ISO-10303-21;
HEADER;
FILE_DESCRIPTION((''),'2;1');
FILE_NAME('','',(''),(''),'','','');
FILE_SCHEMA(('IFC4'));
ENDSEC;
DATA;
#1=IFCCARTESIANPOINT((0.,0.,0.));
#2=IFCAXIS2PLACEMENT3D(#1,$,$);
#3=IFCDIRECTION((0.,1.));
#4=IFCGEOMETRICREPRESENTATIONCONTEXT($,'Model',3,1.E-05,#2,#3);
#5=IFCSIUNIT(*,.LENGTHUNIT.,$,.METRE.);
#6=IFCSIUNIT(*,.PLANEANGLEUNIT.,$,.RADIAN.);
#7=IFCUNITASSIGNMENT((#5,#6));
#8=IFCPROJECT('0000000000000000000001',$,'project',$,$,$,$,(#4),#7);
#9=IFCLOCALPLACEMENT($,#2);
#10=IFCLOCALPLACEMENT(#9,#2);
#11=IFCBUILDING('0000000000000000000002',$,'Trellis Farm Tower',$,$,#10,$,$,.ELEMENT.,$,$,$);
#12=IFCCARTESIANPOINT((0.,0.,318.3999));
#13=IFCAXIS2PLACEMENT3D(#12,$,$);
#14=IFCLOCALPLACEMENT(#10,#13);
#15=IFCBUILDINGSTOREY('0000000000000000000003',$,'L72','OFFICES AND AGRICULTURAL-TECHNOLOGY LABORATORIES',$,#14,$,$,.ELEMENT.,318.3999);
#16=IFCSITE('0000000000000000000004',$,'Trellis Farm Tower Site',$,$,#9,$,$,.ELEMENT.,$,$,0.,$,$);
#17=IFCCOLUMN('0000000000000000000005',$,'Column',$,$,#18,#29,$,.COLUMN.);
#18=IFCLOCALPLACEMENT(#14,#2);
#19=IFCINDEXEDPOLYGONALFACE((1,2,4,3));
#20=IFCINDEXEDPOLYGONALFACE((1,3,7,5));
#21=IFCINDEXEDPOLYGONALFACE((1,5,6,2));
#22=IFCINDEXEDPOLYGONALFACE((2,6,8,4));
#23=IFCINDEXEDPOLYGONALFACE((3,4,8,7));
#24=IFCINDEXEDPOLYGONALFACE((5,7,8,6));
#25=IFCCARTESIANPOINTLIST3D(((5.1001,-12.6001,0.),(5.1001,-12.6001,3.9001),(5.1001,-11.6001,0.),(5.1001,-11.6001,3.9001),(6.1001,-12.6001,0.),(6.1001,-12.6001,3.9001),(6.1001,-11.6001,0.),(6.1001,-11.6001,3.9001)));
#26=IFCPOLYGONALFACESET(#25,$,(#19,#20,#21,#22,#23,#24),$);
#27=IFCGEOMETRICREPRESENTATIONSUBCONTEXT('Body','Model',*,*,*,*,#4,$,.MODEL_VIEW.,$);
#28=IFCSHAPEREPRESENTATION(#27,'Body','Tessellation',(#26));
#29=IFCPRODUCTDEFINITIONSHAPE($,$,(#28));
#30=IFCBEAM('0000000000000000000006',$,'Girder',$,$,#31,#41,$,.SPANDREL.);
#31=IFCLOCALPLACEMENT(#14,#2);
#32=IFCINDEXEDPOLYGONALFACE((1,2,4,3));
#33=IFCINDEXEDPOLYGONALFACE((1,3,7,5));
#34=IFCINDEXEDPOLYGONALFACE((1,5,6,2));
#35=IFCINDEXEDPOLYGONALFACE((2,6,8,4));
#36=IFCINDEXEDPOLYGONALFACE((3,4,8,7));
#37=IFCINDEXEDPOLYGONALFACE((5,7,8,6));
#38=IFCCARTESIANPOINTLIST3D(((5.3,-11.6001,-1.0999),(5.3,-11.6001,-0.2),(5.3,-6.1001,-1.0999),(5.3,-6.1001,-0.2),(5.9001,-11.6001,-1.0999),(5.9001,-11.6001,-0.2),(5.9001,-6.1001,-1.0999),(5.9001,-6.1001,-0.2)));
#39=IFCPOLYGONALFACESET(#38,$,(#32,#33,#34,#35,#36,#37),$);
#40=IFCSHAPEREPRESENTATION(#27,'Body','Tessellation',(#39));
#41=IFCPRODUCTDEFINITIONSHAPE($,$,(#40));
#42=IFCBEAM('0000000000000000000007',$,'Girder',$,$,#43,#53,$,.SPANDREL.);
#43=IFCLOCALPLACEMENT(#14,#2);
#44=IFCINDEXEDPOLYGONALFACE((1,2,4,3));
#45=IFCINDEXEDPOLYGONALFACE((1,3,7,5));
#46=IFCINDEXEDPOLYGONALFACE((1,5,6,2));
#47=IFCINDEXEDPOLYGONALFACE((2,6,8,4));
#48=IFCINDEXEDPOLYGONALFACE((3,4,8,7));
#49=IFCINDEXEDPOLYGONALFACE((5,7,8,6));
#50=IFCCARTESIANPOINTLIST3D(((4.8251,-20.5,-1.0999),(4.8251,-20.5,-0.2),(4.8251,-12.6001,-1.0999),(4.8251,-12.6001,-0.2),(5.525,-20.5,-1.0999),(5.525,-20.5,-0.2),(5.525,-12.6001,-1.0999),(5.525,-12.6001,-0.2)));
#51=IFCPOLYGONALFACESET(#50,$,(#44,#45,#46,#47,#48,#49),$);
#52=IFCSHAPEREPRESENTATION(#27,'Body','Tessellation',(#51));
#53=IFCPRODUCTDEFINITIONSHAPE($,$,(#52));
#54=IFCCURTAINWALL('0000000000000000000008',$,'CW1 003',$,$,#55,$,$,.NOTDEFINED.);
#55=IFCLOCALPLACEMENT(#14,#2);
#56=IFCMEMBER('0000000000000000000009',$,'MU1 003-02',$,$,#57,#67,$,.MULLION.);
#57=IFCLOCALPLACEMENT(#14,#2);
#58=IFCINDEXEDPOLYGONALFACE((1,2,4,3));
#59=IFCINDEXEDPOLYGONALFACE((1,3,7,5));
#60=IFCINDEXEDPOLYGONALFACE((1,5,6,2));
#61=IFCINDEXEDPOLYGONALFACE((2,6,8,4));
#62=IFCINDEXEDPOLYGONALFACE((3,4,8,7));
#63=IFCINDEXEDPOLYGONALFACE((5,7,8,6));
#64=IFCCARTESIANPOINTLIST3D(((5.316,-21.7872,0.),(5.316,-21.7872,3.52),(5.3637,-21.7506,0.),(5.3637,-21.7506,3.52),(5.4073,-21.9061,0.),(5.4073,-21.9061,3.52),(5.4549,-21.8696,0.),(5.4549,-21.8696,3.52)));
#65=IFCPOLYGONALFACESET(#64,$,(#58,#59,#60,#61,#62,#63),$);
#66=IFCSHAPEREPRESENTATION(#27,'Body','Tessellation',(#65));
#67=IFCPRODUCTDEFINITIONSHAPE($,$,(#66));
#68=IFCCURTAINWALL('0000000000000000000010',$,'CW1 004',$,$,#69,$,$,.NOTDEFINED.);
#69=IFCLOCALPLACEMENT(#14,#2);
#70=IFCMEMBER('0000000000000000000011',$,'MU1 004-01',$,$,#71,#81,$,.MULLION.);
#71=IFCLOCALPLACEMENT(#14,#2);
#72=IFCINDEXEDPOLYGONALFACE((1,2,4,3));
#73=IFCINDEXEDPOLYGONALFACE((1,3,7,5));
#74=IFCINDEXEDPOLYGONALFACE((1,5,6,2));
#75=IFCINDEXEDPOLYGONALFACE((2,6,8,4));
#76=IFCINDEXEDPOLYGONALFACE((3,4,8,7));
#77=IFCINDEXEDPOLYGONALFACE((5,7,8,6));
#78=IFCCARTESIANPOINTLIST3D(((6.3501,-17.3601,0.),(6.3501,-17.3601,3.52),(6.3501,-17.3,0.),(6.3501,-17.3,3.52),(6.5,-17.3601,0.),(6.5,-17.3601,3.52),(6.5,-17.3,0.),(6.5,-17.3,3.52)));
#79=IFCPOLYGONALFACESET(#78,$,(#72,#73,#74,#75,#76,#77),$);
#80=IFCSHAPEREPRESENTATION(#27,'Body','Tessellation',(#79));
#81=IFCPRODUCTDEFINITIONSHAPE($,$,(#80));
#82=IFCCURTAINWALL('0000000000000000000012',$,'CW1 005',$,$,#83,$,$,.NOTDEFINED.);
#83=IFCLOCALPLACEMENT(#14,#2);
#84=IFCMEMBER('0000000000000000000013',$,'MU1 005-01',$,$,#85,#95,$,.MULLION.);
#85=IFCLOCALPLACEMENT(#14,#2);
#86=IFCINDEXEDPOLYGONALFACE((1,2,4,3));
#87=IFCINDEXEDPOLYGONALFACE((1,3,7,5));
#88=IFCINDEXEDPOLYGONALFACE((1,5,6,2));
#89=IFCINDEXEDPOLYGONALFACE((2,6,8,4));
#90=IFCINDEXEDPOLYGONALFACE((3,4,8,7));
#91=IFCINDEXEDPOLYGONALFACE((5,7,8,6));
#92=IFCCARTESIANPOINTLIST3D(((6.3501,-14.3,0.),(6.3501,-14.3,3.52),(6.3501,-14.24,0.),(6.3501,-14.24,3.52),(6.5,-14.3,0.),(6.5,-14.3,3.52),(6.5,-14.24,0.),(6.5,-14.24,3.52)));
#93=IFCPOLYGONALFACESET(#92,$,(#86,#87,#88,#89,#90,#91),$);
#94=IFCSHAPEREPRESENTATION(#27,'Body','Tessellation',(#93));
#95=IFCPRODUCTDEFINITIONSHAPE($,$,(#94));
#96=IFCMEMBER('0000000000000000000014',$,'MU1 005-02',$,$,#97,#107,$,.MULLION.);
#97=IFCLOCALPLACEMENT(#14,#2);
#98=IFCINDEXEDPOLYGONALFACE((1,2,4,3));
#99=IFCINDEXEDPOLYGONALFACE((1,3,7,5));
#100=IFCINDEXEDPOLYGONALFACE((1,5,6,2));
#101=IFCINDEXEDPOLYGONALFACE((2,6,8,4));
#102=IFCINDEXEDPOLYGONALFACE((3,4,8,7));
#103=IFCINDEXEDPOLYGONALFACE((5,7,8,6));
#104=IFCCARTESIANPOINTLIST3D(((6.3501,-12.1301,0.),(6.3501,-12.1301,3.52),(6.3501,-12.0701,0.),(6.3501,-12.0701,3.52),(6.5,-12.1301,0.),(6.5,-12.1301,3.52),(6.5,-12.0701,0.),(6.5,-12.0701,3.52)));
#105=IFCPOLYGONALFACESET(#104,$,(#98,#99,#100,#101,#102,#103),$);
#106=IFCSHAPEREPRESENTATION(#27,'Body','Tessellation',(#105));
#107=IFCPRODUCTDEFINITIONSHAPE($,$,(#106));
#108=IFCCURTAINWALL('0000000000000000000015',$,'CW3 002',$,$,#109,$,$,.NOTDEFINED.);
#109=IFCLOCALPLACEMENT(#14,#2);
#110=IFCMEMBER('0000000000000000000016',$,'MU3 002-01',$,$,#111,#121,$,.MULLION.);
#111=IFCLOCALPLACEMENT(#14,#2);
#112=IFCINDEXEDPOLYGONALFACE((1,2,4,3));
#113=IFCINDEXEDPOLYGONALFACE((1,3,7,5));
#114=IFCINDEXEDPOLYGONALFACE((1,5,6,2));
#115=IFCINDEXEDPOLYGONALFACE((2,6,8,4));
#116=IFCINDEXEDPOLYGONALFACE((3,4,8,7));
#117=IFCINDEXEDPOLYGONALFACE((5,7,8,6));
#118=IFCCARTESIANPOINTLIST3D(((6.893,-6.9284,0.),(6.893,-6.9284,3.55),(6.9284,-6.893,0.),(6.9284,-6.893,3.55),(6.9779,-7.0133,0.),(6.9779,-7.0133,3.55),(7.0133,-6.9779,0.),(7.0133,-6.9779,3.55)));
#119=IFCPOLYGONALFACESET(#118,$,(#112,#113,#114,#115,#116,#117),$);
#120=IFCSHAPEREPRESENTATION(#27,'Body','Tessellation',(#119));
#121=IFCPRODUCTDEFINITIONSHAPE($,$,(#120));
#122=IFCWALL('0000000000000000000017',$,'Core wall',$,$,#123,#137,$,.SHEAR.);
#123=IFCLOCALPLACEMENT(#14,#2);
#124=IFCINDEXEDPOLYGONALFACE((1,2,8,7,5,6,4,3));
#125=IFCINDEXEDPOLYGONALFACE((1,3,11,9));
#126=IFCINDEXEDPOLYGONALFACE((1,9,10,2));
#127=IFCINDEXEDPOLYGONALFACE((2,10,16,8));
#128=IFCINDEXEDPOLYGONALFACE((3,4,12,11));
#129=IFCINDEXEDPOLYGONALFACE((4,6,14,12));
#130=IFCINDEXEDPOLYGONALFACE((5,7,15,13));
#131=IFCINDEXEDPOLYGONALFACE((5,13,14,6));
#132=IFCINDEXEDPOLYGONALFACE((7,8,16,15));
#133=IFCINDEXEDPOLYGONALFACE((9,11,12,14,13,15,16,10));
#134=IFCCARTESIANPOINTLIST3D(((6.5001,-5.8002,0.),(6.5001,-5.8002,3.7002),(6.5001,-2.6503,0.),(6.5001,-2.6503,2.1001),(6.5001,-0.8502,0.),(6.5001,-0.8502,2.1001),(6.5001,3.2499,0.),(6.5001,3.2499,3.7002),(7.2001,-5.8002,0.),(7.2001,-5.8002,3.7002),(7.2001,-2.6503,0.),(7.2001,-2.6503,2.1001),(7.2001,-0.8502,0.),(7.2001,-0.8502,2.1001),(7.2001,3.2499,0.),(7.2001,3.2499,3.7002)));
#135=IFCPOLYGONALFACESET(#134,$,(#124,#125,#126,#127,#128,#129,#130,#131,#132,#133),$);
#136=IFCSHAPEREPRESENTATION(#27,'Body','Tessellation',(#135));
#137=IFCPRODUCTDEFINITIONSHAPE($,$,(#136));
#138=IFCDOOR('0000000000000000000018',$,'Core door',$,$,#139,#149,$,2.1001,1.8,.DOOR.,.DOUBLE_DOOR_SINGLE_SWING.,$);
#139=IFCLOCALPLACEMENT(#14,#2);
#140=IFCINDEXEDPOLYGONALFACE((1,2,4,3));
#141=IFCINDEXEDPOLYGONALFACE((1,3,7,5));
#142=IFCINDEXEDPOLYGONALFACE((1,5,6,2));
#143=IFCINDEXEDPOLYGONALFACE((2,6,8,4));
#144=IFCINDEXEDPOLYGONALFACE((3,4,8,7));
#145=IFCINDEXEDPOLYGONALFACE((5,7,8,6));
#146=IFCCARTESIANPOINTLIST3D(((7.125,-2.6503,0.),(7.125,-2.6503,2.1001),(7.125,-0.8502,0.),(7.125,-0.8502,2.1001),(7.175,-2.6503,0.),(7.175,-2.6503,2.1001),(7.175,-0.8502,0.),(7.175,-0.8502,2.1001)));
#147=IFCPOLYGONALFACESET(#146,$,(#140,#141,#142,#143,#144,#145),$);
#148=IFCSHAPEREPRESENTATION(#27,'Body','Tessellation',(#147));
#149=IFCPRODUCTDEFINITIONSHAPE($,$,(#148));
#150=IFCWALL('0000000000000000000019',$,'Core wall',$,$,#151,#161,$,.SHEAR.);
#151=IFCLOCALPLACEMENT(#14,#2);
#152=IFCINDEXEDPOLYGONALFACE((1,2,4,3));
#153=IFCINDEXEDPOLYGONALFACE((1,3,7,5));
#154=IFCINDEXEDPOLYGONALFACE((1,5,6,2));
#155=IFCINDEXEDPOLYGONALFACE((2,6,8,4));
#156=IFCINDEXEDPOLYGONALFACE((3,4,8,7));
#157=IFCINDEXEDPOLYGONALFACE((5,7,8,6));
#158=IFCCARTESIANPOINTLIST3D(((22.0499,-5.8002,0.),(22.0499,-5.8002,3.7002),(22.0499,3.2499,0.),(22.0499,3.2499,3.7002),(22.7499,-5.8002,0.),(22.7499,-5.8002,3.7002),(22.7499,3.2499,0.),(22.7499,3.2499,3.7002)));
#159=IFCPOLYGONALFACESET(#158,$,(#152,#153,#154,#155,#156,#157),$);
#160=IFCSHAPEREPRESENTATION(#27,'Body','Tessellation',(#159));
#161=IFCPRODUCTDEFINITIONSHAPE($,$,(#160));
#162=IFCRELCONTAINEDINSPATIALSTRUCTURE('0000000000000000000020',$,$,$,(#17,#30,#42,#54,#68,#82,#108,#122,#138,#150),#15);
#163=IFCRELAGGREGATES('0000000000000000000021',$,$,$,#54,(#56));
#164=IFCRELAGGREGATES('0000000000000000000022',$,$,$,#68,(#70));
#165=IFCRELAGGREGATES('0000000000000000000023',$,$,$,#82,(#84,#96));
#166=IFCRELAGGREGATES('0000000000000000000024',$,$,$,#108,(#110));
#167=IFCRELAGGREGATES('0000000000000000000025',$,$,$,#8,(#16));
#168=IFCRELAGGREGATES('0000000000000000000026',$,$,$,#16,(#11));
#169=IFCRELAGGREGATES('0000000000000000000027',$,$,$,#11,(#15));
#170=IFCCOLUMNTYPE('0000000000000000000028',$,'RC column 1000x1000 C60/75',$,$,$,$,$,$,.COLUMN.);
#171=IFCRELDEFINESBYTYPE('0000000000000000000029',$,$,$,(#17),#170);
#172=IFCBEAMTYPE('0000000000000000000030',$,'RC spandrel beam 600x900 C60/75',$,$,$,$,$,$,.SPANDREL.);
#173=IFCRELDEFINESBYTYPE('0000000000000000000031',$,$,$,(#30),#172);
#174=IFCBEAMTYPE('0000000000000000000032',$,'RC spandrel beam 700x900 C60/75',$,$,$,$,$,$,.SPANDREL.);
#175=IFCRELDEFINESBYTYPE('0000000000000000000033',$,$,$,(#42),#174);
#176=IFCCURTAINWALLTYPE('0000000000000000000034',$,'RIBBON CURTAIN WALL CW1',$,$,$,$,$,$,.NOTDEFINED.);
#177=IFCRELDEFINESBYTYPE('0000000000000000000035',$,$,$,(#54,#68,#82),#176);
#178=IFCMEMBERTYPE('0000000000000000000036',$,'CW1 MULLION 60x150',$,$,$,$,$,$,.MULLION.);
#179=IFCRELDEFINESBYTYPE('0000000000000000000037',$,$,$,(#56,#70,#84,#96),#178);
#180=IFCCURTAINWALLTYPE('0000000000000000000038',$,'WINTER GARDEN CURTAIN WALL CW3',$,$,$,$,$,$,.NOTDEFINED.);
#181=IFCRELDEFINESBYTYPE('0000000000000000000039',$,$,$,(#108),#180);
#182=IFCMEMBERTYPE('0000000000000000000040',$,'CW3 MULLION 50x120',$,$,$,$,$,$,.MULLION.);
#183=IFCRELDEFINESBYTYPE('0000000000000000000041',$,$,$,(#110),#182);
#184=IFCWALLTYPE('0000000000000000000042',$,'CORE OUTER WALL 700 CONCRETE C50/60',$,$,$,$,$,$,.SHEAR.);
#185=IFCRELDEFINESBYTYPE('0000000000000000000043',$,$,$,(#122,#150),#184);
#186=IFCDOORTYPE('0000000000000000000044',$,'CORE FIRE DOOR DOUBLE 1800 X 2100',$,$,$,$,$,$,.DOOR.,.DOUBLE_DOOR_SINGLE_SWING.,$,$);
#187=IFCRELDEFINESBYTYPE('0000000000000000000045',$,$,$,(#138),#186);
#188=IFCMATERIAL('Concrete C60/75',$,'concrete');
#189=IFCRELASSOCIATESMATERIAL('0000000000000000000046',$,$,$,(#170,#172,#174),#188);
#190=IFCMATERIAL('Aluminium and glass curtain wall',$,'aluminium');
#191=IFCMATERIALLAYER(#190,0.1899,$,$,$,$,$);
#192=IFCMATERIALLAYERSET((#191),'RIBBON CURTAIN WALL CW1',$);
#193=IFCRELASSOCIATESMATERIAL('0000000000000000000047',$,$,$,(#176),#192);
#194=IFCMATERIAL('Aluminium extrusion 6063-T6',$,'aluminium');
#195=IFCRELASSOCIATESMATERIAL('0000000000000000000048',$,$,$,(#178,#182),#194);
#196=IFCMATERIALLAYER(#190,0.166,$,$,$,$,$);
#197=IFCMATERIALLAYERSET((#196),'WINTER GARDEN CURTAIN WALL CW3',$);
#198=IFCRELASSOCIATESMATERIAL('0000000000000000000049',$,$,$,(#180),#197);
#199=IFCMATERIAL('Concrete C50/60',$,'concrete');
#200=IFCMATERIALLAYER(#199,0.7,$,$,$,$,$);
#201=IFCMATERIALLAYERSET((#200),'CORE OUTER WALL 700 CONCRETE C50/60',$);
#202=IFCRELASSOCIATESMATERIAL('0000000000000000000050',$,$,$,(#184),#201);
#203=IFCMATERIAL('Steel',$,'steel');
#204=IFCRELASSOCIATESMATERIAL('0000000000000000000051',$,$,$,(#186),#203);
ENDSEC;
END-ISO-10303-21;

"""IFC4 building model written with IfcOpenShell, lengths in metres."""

from ifc_helpers import new_model, si_unit, direction, frame, frame_2d, origin, origin_2d, place, context, subcontext, project, spatial, rectangle, extrude, source, transform, mapped, material, layer, layer_set, material_profile, profile_set, type_object, element, fill, aggregate, save


model = new_model("IFC4")

# Units and contexts
model_context = context("Model", 3, precision=1e-05, world=origin(), true_north=direction((0.0, 1.0)))
body_context = subcontext(model_context, "Body", "Model", "MODEL_VIEW")
ifc_project = project(units=[si_unit("LENGTHUNIT", "METRE"), si_unit("PLANEANGLEUNIT", "RADIAN")], contexts=[model_context])

# Site, building, storey
site_placement = place(None, origin())
site = spatial("IfcSite", under=ifc_project, at=site_placement, Name="Trellis Farm Tower Site", CompositionType="ELEMENT", RefElevation=0.0)
building_placement = place(site_placement, origin())
building = spatial("IfcBuilding", under=site, at=building_placement, Name="Trellis Farm Tower", CompositionType="ELEMENT")
storey_placement = place(building_placement, frame((0.0, 0.0, 318.3999)))
storey = spatial("IfcBuildingStorey", under=building, at=storey_placement, Name="L72", Description="OFFICES AND AGRICULTURAL-TECHNOLOGY LABORATORIES", CompositionType="ELEMENT", Elevation=318.3999)

# Column
ifc_material_1 = material(Name="Concrete C60/75", Category="concrete")
ifc_material_profile_1 = material_profile(ifc_material_1, rectangle(XDim=1.0, YDim=1.0, at=origin_2d()), Name="RC column 1000x1000 C60/75")
ifc_profile_set_1 = profile_set([ifc_material_profile_1], Name="Concrete C60/75")
column_type = type_object("IfcColumnType", Name="RC column 1000x1000 C60/75", PredefinedType="COLUMN", material=ifc_profile_set_1)
shared_shape_1 = source(origin(), body_context, "Body", "SweptSolid", [
    extrude(rectangle(XDim=1.0, YDim=1.0, at=origin_2d()), origin(), (0.0, 0.0, 1.0), 3.9001),
])
column_placement = place(storey_placement, frame((5.6001, -12.1001, 0.0), z_axis=(0.0, 0.0, 1.0), x_axis=(1.0, 0.0, 0.0)))
element("IfcColumn", 1, at=column_placement, inside=storey, type_object=column_type, Name="Column", PredefinedType="COLUMN", context=body_context, shape_type="MappedRepresentation", body=[
    mapped(shared_shape_1, transform((0.0, 0.0, 0.0))),
])

# Beams
ifc_material_profile_2 = material_profile(ifc_material_1, rectangle(XDim=0.6001, YDim=0.8999, at=origin_2d()), Name="RC spandrel beam 600x900 C60/75")
ifc_profile_set_2 = profile_set([ifc_material_profile_2], Name="Concrete C60/75")
beam_type_1 = type_object("IfcBeamType", Name="RC spandrel beam 600x900 C60/75", PredefinedType="SPANDREL", material=ifc_profile_set_2)
shared_shape_2 = source(origin(), body_context, "Body", "SweptSolid", [
    extrude(rectangle(XDim=0.6001, YDim=0.8999, at=origin_2d()), origin(), (0.0, 0.0, 1.0), 5.5),
])
beam_1_placement = place(storey_placement, frame((5.6001, -11.6001, -0.6499), z_axis=(0.0, 1.0, 0.0), x_axis=(-1.0, 0.0, 0.0)))
element("IfcBeam", 2, at=beam_1_placement, inside=storey, type_object=beam_type_1, Name="Girder", PredefinedType="SPANDREL", context=body_context, shape_type="MappedRepresentation", body=[
    mapped(shared_shape_2, transform((0.0, 0.0, 0.0))),
])
ifc_material_profile_3 = material_profile(ifc_material_1, rectangle(XDim=0.7, YDim=0.8999, at=origin_2d()), Name="RC spandrel beam 700x900 C60/75")
ifc_profile_set_3 = profile_set([ifc_material_profile_3], Name="Concrete C60/75")
beam_type_2 = type_object("IfcBeamType", Name="RC spandrel beam 700x900 C60/75", PredefinedType="SPANDREL", material=ifc_profile_set_3)
shared_shape_3 = source(origin(), body_context, "Body", "SweptSolid", [
    extrude(rectangle(XDim=0.7, YDim=0.8999, at=origin_2d()), origin(), (0.0, 0.0, 1.0), 7.8999),
])
beam_2_placement = place(storey_placement, frame((5.175, -20.5, -0.6499), z_axis=(0.0, 1.0, 0.0), x_axis=(-1.0, 0.0, 0.0)))
element("IfcBeam", 3, at=beam_2_placement, inside=storey, type_object=beam_type_2, Name="Girder", PredefinedType="SPANDREL", context=body_context, shape_type="MappedRepresentation", body=[
    mapped(shared_shape_3, transform((0.0, 0.0, 0.0))),
])

# Curtain walls, members
ifc_material_2 = material(Name="Aluminium and glass curtain wall", Category="aluminium")
ifc_layer_1 = layer(ifc_material_2, 0.1899)
ifc_layer_set_1 = layer_set([ifc_layer_1], Name="RIBBON CURTAIN WALL CW1")
curtain_wall_type_1 = type_object("IfcCurtainWallType", Name="RIBBON CURTAIN WALL CW1", PredefinedType="NOTDEFINED", material=ifc_layer_set_1)
placement = place(storey_placement, origin())
curtain_wall_1 = element("IfcCurtainWall", 4, at=placement, inside=storey, type_object=curtain_wall_type_1, Name="CW1 003", PredefinedType="NOTDEFINED")
ifc_material_3 = material(Name="Aluminium extrusion 6063-T6", Category="aluminium")
ifc_material_profile_4 = material_profile(ifc_material_3, rectangle(XDim=0.0601, YDim=0.1499, at=origin_2d()), Name="MULLION 60x150")
ifc_profile_set_4 = profile_set([ifc_material_profile_4], Name="Aluminium extrusion 6063-T6")
member_type_1 = type_object("IfcMemberType", Name="CW1 MULLION 60x150", PredefinedType="MULLION", material=ifc_profile_set_4)
shared_shape_4 = source(origin(), body_context, "Body", "SweptSolid", [
    extrude(rectangle(XDim=0.0601, YDim=0.1499, at=origin_2d()), origin(), (0.0, 0.0, 1.0), 3.52),
])
member_1_placement = place(storey_placement, frame((5.3855, -21.8284, 0.0), z_axis=(0.0, 0.0, 1.0), x_axis=(0.793353, 0.608761, 0.0)))
member_1 = element("IfcMember", 5, at=member_1_placement, type_object=member_type_1, Name="MU1 003-02", PredefinedType="MULLION", context=body_context, shape_type="MappedRepresentation", body=[
    mapped(shared_shape_4, transform((0.0, 0.0, 0.0))),
])
aggregate(curtain_wall_1, [member_1])
curtain_wall_2 = element("IfcCurtainWall", 6, at=placement, inside=storey, type_object=curtain_wall_type_1, Name="CW1 004", PredefinedType="NOTDEFINED")
member_2_placement = place(storey_placement, frame((6.425, -17.3301, 0.0), z_axis=(0.0, 0.0, 1.0), x_axis=(0.0, 1.0, 0.0)))
member_2 = element("IfcMember", 7, at=member_2_placement, type_object=member_type_1, Name="MU1 004-01", PredefinedType="MULLION", context=body_context, shape_type="MappedRepresentation", body=[
    mapped(shared_shape_4, transform((0.0, 0.0, 0.0))),
])
aggregate(curtain_wall_2, [member_2])

# Curtain wall, members
curtain_wall_3 = element("IfcCurtainWall", 8, at=placement, inside=storey, type_object=curtain_wall_type_1, Name="CW1 005", PredefinedType="NOTDEFINED")
member_3_placement = place(storey_placement, frame((6.425, -14.27, 0.0), z_axis=(0.0, 0.0, 1.0), x_axis=(0.0, 1.0, 0.0)))
member_3 = element("IfcMember", 9, at=member_3_placement, type_object=member_type_1, Name="MU1 005-01", PredefinedType="MULLION", context=body_context, shape_type="MappedRepresentation", body=[
    mapped(shared_shape_4, transform((0.0, 0.0, 0.0))),
])
member_4_placement = place(storey_placement, frame((6.425, -12.1001, 0.0), z_axis=(0.0, 0.0, 1.0), x_axis=(0.0, 1.0, 0.0)))
member_4 = element("IfcMember", 10, at=member_4_placement, type_object=member_type_1, Name="MU1 005-02", PredefinedType="MULLION", context=body_context, shape_type="MappedRepresentation", body=[
    mapped(shared_shape_4, transform((0.0, 0.0, 0.0))),
])
aggregate(curtain_wall_3, [member_3, member_4])

# Curtain wall, member
ifc_layer_2 = layer(ifc_material_2, 0.166)
ifc_layer_set_2 = layer_set([ifc_layer_2], Name="WINTER GARDEN CURTAIN WALL CW3")
curtain_wall_type_2 = type_object("IfcCurtainWallType", Name="WINTER GARDEN CURTAIN WALL CW3", PredefinedType="NOTDEFINED", material=ifc_layer_set_2)
curtain_wall_4 = element("IfcCurtainWall", 11, at=placement, inside=storey, type_object=curtain_wall_type_2, Name="CW3 002", PredefinedType="NOTDEFINED")
ifc_material_profile_5 = material_profile(ifc_material_3, rectangle(XDim=0.05, YDim=0.1201, at=origin_2d()), Name="MULLION 50x120")
ifc_profile_set_5 = profile_set([ifc_material_profile_5], Name="Aluminium extrusion 6063-T6")
member_type_2 = type_object("IfcMemberType", Name="CW3 MULLION 50x120", PredefinedType="MULLION", material=ifc_profile_set_5)
shared_shape_5 = source(origin(), body_context, "Body", "SweptSolid", [
    extrude(rectangle(XDim=0.05, YDim=0.1201, at=origin_2d()), origin(), (0.0, 0.0, 1.0), 3.55),
])
member_5_placement = place(storey_placement, frame((6.9531, -6.9531, 0.0), z_axis=(0.0, 0.0, 1.0), x_axis=(0.707107, 0.707107, 0.0)))
member_5 = element("IfcMember", 12, at=member_5_placement, type_object=member_type_2, Name="MU3 002-01", PredefinedType="MULLION", context=body_context, shape_type="MappedRepresentation", body=[
    mapped(shared_shape_5, transform((0.0, 0.0, 0.0))),
])
aggregate(curtain_wall_4, [member_5])

# Wall, opening, door
ifc_material_4 = material(Name="Concrete C50/60", Category="concrete")
ifc_layer_3 = layer(ifc_material_4, 0.7)
ifc_layer_set_3 = layer_set([ifc_layer_3], Name="CORE OUTER WALL 700 CONCRETE C50/60")
wall_type_1 = type_object("IfcWallType", Name="CORE OUTER WALL 700 CONCRETE C50/60", PredefinedType="SHEAR", material=ifc_layer_set_3)
shared_shape_6 = source(origin(), body_context, "Body", "SweptSolid", [
    extrude(rectangle(XDim=9.05, YDim=0.7, at=frame_2d((4.5249, 0.0))), origin(), (0.0, 0.0, 1.0), 3.7002),
])
wall_1_placement = place(storey_placement, frame((6.8501, -5.8, 0.0), z_axis=(0.0, 0.0, 1.0), x_axis=(0.0, 1.0, 0.0)))
wall_1 = element("IfcWall", 13, at=wall_1_placement, inside=storey, type_object=wall_type_1, Name="Core wall", PredefinedType="SHEAR", context=body_context, shape_type="MappedRepresentation", body=[
    mapped(shared_shape_6, transform((0.0, 0.0, 0.0))),
])
shared_shape_7 = source(origin(), body_context, "Body", "SweptSolid", [
    extrude(rectangle(XDim=1.8, YDim=2.1001, at=frame_2d((0.8999, 1.05))), frame((0.0, 0.3601, 0.0), z_axis=(0.0, -1.0, 0.0), x_axis=(1.0, 0.0, 0.0)), (0.0, 0.0, 1.0), 0.7202),
])
opening_1_placement = place(wall_1_placement, frame((3.1499, 0.0, 0.0)))
opening_1 = element("IfcOpeningElement", 14, at=opening_1_placement, cuts=wall_1, PredefinedType="OPENING", context=body_context, shape_type="MappedRepresentation", body=[
    mapped(shared_shape_7, transform((0.0, 0.0, 0.0))),
])
ifc_material_5 = material(Name="Steel", Category="steel")
door_type_1 = type_object("IfcDoorType", Name="CORE FIRE DOOR DOUBLE 1800 X 2100", OperationType="DOUBLE_DOOR_SINGLE_SWING", PredefinedType="DOOR", material=ifc_material_5)
shared_shape_8 = source(origin(), body_context, "Body", "SweptSolid", [
    extrude(rectangle(XDim=1.8, YDim=2.1001, at=frame_2d((0.8999, 1.05))), frame((0.0, -0.2749, 0.0), z_axis=(0.0, -1.0, 0.0), x_axis=(1.0, 0.0, 0.0)), (0.0, 0.0, 1.0), 0.05),
])
door_1_placement = place(opening_1_placement, origin())
door_1 = element("IfcDoor", 15, at=door_1_placement, inside=storey, type_object=door_type_1, Name="Core door", OperationType="DOUBLE_DOOR_SINGLE_SWING", OverallHeight=2.1001, OverallWidth=1.8, PredefinedType="DOOR", context=body_context, shape_type="MappedRepresentation", body=[
    mapped(shared_shape_8, transform((0.0, 0.0, 0.0))),
])
fill(opening_1, door_1)

# Wall
wall_2_placement = place(storey_placement, frame((22.3999, -5.8, 0.0), z_axis=(0.0, 0.0, 1.0), x_axis=(0.0, 1.0, 0.0)))
element("IfcWall", 16, at=wall_2_placement, inside=storey, type_object=wall_type_1, Name="Core wall", PredefinedType="SHEAR", context=body_context, shape_type="MappedRepresentation", body=[
    mapped(shared_shape_6, transform((0.0, 0.0, 0.0))),
])

save(model, "model.ifc")
